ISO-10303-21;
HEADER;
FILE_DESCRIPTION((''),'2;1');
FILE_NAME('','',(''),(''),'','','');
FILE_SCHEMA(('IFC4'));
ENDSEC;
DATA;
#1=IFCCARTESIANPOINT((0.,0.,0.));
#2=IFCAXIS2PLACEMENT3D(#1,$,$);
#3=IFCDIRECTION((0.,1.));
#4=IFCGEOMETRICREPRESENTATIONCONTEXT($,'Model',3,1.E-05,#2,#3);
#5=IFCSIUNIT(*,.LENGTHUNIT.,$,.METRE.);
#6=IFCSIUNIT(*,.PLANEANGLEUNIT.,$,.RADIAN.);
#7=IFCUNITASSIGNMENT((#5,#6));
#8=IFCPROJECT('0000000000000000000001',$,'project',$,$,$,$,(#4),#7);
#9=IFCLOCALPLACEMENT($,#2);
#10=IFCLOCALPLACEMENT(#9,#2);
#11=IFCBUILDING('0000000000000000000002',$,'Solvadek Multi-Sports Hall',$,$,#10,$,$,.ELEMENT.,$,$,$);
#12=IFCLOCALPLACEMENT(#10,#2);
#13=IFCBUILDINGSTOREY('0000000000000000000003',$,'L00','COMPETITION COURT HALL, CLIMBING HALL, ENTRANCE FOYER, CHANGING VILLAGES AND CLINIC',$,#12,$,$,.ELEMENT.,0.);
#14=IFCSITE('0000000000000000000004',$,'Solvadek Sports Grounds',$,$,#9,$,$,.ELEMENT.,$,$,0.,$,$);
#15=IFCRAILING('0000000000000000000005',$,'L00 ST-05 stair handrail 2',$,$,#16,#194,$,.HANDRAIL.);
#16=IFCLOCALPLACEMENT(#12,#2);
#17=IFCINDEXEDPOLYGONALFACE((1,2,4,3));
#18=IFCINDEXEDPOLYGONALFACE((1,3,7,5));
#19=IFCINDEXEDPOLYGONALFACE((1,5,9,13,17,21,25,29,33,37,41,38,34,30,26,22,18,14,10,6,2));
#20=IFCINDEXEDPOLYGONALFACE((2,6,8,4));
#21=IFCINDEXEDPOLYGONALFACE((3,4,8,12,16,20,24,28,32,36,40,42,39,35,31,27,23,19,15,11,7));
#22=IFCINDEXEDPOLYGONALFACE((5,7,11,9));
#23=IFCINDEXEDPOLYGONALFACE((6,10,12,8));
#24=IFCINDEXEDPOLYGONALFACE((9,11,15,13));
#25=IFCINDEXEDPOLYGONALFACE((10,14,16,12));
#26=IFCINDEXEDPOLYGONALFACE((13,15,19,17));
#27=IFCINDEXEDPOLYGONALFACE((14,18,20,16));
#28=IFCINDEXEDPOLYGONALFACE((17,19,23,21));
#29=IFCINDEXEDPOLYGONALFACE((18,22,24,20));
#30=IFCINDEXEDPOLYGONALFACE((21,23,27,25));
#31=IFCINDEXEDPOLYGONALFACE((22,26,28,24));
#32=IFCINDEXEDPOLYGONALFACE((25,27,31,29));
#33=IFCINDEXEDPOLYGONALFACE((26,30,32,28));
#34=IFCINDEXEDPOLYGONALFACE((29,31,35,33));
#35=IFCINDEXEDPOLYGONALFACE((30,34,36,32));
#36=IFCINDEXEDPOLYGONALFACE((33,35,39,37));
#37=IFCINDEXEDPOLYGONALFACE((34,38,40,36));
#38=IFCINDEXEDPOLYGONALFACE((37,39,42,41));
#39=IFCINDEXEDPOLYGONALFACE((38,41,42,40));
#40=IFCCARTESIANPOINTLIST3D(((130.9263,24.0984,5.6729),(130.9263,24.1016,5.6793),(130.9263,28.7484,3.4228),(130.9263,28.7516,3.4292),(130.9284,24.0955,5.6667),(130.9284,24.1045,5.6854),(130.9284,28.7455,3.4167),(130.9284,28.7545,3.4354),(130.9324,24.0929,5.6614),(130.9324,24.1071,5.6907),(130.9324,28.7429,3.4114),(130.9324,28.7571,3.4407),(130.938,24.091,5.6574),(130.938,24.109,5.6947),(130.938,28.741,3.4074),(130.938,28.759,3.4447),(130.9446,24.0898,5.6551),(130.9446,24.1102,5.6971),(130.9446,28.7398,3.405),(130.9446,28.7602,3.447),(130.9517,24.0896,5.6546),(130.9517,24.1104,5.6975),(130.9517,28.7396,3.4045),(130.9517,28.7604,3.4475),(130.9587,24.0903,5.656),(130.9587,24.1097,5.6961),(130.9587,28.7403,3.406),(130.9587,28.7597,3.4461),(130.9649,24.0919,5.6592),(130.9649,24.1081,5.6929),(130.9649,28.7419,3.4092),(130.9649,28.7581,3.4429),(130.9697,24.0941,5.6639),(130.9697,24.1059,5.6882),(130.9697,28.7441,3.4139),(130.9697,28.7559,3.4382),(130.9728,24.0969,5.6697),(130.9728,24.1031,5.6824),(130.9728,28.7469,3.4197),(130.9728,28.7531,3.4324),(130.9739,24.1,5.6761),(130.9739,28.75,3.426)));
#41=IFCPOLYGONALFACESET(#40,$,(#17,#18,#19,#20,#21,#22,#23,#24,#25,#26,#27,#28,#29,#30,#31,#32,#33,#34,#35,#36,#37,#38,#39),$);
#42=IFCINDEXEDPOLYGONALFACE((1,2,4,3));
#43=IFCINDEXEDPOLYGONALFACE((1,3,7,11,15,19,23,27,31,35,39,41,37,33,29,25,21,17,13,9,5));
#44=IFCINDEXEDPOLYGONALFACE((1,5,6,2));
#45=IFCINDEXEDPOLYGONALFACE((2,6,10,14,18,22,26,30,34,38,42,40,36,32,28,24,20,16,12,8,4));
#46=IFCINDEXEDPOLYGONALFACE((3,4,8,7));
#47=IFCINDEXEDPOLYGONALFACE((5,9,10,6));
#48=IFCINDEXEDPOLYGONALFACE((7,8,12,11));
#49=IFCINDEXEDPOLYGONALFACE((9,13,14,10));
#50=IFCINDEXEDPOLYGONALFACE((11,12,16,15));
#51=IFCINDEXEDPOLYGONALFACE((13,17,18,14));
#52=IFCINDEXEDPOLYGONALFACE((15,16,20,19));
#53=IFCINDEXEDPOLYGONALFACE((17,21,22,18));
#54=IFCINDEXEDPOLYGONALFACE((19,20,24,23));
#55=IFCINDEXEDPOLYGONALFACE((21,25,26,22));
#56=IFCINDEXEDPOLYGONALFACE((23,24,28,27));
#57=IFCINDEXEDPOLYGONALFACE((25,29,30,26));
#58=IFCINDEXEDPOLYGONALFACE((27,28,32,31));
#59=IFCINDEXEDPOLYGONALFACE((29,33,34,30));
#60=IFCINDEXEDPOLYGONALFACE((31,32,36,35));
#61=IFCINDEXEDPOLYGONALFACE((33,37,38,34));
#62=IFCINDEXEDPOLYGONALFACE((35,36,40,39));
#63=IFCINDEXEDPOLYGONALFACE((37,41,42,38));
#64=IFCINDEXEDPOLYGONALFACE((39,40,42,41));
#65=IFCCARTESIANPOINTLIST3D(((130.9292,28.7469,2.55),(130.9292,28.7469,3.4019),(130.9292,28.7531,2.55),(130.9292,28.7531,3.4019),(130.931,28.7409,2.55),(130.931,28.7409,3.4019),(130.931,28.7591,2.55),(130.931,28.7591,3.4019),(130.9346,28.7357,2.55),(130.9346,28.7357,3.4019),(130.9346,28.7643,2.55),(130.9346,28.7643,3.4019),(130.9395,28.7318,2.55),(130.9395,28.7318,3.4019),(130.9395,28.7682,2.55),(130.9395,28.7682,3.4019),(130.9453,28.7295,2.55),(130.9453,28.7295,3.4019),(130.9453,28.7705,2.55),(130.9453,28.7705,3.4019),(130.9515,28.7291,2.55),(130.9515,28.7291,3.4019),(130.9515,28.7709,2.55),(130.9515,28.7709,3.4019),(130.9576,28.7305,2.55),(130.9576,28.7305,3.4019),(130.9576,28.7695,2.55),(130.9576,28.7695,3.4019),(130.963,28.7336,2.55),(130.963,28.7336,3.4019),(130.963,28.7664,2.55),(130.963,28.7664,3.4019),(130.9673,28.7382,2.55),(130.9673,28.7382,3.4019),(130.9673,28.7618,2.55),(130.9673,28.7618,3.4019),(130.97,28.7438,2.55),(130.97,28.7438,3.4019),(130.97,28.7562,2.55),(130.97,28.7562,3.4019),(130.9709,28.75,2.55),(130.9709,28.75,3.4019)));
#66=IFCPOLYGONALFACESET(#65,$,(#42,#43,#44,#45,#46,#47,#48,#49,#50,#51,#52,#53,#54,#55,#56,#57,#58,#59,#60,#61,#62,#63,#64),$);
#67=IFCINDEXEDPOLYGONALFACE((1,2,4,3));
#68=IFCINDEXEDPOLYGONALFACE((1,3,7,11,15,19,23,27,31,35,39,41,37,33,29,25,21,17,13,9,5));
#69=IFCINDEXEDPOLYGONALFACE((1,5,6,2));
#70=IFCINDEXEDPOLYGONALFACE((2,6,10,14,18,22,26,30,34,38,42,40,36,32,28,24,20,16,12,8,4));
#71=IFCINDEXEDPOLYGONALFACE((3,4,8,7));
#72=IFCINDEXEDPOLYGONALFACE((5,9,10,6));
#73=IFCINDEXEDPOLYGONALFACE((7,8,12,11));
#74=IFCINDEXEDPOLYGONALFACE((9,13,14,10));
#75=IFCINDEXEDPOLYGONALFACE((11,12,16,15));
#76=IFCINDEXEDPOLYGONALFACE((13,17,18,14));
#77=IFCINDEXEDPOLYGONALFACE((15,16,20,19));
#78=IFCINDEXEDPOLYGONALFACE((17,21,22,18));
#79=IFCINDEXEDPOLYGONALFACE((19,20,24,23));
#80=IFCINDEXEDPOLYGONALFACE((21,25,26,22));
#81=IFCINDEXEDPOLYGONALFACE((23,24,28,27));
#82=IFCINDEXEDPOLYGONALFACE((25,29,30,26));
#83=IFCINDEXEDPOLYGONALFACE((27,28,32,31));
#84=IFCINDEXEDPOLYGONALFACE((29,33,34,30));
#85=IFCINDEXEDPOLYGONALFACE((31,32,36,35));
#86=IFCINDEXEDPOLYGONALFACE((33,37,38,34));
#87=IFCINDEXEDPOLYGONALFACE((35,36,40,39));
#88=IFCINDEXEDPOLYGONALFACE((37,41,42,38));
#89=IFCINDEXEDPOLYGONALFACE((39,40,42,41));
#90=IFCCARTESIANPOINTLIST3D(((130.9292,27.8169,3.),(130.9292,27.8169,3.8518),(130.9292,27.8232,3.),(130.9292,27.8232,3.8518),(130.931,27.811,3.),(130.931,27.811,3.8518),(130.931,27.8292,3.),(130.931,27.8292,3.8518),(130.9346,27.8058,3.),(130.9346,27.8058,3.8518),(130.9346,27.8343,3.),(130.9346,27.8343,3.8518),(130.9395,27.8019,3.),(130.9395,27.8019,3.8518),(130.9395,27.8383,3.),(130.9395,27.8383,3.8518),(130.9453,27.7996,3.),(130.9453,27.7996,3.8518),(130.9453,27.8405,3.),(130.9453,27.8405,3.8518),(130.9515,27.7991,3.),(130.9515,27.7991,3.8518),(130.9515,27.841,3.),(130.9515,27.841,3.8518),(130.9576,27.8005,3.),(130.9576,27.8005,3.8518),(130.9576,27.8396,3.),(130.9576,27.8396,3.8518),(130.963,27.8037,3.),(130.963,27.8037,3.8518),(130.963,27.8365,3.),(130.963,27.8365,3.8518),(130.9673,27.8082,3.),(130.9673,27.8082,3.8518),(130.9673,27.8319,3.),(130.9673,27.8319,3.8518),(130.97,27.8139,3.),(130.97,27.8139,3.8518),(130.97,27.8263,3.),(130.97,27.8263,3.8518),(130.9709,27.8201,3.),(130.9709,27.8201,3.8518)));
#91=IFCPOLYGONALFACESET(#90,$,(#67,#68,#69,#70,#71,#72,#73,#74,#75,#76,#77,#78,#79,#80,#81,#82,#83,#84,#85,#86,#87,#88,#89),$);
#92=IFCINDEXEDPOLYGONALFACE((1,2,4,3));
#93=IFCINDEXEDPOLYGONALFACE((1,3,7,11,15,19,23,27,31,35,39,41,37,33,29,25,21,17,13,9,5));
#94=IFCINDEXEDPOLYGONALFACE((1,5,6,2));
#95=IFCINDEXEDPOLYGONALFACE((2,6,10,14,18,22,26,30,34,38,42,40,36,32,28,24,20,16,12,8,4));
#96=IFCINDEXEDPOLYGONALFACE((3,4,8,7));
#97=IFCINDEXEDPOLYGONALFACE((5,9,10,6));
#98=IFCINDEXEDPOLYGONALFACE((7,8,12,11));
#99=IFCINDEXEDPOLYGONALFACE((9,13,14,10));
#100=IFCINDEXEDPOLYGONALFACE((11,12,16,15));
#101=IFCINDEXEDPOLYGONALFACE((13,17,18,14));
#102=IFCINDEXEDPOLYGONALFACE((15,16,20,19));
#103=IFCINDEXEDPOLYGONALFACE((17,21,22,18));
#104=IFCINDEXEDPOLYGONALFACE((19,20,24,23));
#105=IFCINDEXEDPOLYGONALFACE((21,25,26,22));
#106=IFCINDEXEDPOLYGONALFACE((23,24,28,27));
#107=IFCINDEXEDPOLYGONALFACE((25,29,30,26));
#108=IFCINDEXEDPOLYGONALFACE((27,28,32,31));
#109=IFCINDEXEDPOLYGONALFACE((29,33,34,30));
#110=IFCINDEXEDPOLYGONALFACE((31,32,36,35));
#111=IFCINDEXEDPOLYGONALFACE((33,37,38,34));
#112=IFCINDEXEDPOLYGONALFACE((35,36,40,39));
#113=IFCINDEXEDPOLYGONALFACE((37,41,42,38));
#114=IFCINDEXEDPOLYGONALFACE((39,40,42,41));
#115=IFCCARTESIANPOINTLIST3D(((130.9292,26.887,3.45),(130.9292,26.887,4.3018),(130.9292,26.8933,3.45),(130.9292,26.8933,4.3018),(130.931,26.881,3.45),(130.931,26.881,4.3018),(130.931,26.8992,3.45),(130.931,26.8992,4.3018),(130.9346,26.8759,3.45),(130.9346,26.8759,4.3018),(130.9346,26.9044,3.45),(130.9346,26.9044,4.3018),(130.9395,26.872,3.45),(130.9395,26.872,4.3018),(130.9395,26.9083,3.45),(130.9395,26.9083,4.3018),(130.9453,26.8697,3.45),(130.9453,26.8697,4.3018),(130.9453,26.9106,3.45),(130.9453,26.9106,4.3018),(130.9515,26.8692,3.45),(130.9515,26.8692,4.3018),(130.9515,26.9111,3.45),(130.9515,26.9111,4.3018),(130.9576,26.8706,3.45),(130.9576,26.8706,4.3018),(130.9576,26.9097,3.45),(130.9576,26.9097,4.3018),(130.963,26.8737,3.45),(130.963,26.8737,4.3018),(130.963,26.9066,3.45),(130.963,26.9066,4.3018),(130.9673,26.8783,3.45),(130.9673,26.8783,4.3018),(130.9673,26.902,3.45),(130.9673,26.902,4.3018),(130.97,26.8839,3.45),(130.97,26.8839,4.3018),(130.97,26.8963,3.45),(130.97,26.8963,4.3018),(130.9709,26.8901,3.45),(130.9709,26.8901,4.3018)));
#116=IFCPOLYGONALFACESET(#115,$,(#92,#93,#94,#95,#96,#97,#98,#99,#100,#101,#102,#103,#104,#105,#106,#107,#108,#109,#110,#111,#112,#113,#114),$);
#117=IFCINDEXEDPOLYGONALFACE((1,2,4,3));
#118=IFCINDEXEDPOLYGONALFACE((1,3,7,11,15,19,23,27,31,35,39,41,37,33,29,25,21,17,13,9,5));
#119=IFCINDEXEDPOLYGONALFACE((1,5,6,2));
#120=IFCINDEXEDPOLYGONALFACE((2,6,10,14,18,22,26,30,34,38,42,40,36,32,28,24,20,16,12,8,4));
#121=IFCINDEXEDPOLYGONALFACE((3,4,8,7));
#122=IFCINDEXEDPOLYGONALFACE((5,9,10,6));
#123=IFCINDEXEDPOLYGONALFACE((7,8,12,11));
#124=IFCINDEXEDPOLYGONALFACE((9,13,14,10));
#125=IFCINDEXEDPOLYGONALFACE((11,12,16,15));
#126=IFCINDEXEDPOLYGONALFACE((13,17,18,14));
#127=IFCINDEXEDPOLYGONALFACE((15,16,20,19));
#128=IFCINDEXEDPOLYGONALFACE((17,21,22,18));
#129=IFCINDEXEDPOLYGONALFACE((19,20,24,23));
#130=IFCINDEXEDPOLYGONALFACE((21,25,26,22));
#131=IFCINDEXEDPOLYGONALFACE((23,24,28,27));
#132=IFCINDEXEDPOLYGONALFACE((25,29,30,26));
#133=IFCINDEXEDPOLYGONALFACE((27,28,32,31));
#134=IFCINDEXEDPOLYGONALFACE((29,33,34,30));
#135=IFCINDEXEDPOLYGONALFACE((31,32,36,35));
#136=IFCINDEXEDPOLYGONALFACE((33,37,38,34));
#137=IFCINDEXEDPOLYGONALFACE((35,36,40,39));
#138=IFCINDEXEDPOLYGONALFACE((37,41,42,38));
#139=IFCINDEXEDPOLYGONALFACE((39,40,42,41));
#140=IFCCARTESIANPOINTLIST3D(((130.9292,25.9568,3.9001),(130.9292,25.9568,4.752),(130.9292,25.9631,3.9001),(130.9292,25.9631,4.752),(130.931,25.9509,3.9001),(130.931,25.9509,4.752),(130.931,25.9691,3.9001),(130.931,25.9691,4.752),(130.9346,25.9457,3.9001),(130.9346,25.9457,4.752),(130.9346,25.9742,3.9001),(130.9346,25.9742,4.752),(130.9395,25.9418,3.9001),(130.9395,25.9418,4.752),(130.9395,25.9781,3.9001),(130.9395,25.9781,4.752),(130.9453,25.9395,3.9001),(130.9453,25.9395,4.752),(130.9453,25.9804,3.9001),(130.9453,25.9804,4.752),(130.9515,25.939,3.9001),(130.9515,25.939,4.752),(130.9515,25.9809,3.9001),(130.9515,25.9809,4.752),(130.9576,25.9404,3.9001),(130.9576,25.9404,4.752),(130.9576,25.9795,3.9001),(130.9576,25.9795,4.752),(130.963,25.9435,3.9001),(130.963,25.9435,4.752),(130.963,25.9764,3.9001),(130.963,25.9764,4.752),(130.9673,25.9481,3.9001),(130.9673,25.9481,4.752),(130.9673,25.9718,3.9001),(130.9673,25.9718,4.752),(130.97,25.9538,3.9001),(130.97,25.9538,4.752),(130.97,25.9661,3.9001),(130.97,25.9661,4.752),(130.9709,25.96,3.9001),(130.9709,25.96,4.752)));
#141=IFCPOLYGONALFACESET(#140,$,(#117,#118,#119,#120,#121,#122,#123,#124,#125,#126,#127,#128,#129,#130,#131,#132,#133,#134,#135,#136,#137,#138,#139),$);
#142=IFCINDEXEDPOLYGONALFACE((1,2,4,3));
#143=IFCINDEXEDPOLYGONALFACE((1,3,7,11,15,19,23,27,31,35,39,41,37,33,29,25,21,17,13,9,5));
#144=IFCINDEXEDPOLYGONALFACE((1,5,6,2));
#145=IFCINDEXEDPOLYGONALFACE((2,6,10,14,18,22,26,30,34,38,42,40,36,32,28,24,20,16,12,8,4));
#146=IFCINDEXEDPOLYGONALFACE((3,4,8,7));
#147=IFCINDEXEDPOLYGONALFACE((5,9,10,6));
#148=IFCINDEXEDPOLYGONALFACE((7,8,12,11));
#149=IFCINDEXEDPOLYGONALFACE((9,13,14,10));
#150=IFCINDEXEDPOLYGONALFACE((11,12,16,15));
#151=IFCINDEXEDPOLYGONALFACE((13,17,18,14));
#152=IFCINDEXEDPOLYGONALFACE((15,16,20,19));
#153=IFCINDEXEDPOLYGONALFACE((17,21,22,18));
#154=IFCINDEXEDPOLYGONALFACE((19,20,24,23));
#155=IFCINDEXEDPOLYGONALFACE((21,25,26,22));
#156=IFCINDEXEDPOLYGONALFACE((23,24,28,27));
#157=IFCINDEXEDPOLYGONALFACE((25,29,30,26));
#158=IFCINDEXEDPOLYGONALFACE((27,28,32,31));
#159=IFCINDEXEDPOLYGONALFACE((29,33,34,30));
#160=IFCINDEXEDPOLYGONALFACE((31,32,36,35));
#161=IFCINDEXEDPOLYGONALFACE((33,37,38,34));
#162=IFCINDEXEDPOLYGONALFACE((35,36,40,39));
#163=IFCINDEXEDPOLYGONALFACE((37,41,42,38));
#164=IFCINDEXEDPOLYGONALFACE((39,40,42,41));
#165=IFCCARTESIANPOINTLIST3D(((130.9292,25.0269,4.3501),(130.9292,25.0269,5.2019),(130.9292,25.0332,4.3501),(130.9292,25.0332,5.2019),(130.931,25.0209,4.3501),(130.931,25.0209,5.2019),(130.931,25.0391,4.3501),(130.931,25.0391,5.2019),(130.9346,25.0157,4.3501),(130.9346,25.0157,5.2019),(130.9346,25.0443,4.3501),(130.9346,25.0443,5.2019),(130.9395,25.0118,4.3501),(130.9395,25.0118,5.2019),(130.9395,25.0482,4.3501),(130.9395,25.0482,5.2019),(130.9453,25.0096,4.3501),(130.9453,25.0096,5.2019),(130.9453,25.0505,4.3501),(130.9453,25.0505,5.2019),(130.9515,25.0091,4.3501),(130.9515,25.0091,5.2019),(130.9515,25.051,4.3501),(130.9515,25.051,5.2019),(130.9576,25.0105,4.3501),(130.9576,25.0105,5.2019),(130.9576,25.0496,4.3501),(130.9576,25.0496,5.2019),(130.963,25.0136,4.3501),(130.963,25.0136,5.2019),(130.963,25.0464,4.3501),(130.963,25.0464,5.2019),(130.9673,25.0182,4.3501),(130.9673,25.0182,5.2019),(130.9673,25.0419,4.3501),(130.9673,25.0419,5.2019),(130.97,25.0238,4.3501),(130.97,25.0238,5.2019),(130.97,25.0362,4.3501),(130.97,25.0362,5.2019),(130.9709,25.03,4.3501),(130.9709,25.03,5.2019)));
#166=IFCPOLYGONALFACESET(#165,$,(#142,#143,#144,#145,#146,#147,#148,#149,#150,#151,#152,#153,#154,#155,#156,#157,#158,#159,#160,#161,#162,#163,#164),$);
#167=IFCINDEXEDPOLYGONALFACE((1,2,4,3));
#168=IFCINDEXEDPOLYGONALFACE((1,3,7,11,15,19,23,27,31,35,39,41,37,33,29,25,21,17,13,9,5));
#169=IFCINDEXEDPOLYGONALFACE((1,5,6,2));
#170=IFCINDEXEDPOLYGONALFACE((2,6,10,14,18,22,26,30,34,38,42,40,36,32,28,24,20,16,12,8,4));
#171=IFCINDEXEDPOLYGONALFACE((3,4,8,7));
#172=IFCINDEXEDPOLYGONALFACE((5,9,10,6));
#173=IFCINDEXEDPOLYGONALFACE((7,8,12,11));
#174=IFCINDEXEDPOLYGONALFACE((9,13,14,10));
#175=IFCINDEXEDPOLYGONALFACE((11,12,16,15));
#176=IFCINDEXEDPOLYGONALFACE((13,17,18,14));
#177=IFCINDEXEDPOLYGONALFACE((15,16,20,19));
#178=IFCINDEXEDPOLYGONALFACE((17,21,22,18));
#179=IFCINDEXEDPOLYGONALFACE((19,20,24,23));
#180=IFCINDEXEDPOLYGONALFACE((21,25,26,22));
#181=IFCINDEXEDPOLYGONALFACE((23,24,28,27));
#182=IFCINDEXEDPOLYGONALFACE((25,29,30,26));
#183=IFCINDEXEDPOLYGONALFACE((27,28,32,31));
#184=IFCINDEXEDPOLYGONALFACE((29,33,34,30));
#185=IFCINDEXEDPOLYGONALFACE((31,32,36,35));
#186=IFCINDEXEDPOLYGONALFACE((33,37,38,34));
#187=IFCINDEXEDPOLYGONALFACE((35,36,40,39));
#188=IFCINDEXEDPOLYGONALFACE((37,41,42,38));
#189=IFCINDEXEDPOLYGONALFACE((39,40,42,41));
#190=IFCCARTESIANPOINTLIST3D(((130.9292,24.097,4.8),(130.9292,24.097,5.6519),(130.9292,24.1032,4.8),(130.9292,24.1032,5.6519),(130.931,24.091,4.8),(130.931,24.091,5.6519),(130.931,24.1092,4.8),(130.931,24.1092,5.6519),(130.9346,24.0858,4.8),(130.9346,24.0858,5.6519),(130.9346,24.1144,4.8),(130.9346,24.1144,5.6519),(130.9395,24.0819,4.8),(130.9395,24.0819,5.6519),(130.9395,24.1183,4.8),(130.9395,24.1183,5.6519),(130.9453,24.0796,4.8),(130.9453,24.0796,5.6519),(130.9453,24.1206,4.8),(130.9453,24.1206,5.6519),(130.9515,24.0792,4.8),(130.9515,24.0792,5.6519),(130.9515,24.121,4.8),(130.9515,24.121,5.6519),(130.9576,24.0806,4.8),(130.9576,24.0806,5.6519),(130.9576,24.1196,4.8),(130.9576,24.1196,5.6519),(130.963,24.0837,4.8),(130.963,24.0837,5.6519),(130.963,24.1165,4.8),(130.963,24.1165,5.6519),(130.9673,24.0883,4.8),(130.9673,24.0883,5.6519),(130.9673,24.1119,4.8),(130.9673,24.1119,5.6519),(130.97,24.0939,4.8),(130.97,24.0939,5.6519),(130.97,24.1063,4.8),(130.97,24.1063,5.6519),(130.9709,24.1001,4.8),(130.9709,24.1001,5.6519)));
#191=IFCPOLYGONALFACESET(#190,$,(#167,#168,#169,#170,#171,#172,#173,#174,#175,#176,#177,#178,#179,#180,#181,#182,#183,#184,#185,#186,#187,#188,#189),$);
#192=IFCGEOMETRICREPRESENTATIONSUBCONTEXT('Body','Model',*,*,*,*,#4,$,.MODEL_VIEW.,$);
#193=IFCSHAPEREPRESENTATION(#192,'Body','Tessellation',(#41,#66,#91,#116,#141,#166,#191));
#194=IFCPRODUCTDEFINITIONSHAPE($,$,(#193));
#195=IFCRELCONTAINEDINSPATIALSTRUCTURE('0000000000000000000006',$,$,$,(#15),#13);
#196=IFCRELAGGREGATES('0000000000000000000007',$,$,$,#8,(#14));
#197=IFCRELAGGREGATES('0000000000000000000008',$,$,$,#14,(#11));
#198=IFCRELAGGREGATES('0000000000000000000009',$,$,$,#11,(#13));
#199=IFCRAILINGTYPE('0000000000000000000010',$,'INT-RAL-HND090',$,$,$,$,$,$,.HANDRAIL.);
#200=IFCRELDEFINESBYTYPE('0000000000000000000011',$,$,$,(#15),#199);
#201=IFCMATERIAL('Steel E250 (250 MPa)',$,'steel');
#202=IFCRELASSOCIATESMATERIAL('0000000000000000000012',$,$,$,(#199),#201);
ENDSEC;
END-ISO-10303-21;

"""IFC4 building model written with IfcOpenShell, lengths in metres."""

from ifc_helpers import new_model, si_unit, direction, frame, origin, origin_2d, place, context, subcontext, project, spatial, circle, extrude, material, type_object, element, save


model = new_model("IFC4")

# Units and contexts
model_context = context("Model", 3, precision=1e-05, world=origin(), true_north=direction((0.0, 1.0)))
body_context = subcontext(model_context, "Body", "Model", "MODEL_VIEW")
ifc_project = project(units=[si_unit("LENGTHUNIT", "METRE"), si_unit("PLANEANGLEUNIT", "RADIAN")], contexts=[model_context])

# Site, building, storey
site_placement = place(None, origin())
site = spatial("IfcSite", under=ifc_project, at=site_placement, Name="Solvadek Sports Grounds", CompositionType="ELEMENT", RefElevation=0.0)
building_placement = place(site_placement, origin())
building = spatial("IfcBuilding", under=site, at=building_placement, Name="Solvadek Multi-Sports Hall", CompositionType="ELEMENT")
storey_placement = place(building_placement, origin())
storey = spatial("IfcBuildingStorey", under=building, at=storey_placement, Name="L00", Description="COMPETITION COURT HALL, CLIMBING HALL, ENTRANCE FOYER, CHANGING VILLAGES AND CLINIC", CompositionType="ELEMENT", Elevation=0.0)

# Shared definitions
ifc_material_1 = material(Name="Steel E250 (250 MPa)", Category="steel")

# Railing
railing_type_1 = type_object("IfcRailingType", Name="INT-RAL-HND090", PredefinedType="HANDRAIL", material=ifc_material_1)
railing_1_placement = place(storey_placement, frame((130.95, 28.75, 2.55)))
element("IfcRailing", 1, at=railing_1_placement, inside=storey, type_object=railing_type_1, Name="L00 ST-05 stair handrail 2", PredefinedType="HANDRAIL", context=body_context, shape_type="SweptSolid", body=[
    extrude(circle(Radius=0.0239, at=origin_2d()), frame((0.0, 0.0, 0.876), z_axis=(0.0, -0.900156, 0.435568), x_axis=(1.0, 0.0, 0.0)), (0.0, 0.0, 1.0), 5.1658),
    extrude(circle(Radius=0.021, at=origin_2d()), origin(), (0.0, 0.0, 1.0), 0.8518),
    extrude(circle(Radius=0.021, at=origin_2d()), frame((0.0, -0.9299, 0.45)), (0.0, 0.0, 1.0), 0.8518),
    extrude(circle(Radius=0.021, at=origin_2d()), frame((0.0, -1.8599, 0.8999)), (0.0, 0.0, 1.0), 0.8518),
    extrude(circle(Radius=0.021, at=origin_2d()), frame((0.0, -2.79, 1.3501)), (0.0, 0.0, 1.0), 0.8518),
    extrude(circle(Radius=0.021, at=origin_2d()), frame((0.0, -3.72, 1.8)), (0.0, 0.0, 1.0), 0.8518),
    extrude(circle(Radius=0.021, at=origin_2d()), frame((0.0, -4.6499, 2.25)), (0.0, 0.0, 1.0), 0.8518),
])

save(model, "model.ifc")
